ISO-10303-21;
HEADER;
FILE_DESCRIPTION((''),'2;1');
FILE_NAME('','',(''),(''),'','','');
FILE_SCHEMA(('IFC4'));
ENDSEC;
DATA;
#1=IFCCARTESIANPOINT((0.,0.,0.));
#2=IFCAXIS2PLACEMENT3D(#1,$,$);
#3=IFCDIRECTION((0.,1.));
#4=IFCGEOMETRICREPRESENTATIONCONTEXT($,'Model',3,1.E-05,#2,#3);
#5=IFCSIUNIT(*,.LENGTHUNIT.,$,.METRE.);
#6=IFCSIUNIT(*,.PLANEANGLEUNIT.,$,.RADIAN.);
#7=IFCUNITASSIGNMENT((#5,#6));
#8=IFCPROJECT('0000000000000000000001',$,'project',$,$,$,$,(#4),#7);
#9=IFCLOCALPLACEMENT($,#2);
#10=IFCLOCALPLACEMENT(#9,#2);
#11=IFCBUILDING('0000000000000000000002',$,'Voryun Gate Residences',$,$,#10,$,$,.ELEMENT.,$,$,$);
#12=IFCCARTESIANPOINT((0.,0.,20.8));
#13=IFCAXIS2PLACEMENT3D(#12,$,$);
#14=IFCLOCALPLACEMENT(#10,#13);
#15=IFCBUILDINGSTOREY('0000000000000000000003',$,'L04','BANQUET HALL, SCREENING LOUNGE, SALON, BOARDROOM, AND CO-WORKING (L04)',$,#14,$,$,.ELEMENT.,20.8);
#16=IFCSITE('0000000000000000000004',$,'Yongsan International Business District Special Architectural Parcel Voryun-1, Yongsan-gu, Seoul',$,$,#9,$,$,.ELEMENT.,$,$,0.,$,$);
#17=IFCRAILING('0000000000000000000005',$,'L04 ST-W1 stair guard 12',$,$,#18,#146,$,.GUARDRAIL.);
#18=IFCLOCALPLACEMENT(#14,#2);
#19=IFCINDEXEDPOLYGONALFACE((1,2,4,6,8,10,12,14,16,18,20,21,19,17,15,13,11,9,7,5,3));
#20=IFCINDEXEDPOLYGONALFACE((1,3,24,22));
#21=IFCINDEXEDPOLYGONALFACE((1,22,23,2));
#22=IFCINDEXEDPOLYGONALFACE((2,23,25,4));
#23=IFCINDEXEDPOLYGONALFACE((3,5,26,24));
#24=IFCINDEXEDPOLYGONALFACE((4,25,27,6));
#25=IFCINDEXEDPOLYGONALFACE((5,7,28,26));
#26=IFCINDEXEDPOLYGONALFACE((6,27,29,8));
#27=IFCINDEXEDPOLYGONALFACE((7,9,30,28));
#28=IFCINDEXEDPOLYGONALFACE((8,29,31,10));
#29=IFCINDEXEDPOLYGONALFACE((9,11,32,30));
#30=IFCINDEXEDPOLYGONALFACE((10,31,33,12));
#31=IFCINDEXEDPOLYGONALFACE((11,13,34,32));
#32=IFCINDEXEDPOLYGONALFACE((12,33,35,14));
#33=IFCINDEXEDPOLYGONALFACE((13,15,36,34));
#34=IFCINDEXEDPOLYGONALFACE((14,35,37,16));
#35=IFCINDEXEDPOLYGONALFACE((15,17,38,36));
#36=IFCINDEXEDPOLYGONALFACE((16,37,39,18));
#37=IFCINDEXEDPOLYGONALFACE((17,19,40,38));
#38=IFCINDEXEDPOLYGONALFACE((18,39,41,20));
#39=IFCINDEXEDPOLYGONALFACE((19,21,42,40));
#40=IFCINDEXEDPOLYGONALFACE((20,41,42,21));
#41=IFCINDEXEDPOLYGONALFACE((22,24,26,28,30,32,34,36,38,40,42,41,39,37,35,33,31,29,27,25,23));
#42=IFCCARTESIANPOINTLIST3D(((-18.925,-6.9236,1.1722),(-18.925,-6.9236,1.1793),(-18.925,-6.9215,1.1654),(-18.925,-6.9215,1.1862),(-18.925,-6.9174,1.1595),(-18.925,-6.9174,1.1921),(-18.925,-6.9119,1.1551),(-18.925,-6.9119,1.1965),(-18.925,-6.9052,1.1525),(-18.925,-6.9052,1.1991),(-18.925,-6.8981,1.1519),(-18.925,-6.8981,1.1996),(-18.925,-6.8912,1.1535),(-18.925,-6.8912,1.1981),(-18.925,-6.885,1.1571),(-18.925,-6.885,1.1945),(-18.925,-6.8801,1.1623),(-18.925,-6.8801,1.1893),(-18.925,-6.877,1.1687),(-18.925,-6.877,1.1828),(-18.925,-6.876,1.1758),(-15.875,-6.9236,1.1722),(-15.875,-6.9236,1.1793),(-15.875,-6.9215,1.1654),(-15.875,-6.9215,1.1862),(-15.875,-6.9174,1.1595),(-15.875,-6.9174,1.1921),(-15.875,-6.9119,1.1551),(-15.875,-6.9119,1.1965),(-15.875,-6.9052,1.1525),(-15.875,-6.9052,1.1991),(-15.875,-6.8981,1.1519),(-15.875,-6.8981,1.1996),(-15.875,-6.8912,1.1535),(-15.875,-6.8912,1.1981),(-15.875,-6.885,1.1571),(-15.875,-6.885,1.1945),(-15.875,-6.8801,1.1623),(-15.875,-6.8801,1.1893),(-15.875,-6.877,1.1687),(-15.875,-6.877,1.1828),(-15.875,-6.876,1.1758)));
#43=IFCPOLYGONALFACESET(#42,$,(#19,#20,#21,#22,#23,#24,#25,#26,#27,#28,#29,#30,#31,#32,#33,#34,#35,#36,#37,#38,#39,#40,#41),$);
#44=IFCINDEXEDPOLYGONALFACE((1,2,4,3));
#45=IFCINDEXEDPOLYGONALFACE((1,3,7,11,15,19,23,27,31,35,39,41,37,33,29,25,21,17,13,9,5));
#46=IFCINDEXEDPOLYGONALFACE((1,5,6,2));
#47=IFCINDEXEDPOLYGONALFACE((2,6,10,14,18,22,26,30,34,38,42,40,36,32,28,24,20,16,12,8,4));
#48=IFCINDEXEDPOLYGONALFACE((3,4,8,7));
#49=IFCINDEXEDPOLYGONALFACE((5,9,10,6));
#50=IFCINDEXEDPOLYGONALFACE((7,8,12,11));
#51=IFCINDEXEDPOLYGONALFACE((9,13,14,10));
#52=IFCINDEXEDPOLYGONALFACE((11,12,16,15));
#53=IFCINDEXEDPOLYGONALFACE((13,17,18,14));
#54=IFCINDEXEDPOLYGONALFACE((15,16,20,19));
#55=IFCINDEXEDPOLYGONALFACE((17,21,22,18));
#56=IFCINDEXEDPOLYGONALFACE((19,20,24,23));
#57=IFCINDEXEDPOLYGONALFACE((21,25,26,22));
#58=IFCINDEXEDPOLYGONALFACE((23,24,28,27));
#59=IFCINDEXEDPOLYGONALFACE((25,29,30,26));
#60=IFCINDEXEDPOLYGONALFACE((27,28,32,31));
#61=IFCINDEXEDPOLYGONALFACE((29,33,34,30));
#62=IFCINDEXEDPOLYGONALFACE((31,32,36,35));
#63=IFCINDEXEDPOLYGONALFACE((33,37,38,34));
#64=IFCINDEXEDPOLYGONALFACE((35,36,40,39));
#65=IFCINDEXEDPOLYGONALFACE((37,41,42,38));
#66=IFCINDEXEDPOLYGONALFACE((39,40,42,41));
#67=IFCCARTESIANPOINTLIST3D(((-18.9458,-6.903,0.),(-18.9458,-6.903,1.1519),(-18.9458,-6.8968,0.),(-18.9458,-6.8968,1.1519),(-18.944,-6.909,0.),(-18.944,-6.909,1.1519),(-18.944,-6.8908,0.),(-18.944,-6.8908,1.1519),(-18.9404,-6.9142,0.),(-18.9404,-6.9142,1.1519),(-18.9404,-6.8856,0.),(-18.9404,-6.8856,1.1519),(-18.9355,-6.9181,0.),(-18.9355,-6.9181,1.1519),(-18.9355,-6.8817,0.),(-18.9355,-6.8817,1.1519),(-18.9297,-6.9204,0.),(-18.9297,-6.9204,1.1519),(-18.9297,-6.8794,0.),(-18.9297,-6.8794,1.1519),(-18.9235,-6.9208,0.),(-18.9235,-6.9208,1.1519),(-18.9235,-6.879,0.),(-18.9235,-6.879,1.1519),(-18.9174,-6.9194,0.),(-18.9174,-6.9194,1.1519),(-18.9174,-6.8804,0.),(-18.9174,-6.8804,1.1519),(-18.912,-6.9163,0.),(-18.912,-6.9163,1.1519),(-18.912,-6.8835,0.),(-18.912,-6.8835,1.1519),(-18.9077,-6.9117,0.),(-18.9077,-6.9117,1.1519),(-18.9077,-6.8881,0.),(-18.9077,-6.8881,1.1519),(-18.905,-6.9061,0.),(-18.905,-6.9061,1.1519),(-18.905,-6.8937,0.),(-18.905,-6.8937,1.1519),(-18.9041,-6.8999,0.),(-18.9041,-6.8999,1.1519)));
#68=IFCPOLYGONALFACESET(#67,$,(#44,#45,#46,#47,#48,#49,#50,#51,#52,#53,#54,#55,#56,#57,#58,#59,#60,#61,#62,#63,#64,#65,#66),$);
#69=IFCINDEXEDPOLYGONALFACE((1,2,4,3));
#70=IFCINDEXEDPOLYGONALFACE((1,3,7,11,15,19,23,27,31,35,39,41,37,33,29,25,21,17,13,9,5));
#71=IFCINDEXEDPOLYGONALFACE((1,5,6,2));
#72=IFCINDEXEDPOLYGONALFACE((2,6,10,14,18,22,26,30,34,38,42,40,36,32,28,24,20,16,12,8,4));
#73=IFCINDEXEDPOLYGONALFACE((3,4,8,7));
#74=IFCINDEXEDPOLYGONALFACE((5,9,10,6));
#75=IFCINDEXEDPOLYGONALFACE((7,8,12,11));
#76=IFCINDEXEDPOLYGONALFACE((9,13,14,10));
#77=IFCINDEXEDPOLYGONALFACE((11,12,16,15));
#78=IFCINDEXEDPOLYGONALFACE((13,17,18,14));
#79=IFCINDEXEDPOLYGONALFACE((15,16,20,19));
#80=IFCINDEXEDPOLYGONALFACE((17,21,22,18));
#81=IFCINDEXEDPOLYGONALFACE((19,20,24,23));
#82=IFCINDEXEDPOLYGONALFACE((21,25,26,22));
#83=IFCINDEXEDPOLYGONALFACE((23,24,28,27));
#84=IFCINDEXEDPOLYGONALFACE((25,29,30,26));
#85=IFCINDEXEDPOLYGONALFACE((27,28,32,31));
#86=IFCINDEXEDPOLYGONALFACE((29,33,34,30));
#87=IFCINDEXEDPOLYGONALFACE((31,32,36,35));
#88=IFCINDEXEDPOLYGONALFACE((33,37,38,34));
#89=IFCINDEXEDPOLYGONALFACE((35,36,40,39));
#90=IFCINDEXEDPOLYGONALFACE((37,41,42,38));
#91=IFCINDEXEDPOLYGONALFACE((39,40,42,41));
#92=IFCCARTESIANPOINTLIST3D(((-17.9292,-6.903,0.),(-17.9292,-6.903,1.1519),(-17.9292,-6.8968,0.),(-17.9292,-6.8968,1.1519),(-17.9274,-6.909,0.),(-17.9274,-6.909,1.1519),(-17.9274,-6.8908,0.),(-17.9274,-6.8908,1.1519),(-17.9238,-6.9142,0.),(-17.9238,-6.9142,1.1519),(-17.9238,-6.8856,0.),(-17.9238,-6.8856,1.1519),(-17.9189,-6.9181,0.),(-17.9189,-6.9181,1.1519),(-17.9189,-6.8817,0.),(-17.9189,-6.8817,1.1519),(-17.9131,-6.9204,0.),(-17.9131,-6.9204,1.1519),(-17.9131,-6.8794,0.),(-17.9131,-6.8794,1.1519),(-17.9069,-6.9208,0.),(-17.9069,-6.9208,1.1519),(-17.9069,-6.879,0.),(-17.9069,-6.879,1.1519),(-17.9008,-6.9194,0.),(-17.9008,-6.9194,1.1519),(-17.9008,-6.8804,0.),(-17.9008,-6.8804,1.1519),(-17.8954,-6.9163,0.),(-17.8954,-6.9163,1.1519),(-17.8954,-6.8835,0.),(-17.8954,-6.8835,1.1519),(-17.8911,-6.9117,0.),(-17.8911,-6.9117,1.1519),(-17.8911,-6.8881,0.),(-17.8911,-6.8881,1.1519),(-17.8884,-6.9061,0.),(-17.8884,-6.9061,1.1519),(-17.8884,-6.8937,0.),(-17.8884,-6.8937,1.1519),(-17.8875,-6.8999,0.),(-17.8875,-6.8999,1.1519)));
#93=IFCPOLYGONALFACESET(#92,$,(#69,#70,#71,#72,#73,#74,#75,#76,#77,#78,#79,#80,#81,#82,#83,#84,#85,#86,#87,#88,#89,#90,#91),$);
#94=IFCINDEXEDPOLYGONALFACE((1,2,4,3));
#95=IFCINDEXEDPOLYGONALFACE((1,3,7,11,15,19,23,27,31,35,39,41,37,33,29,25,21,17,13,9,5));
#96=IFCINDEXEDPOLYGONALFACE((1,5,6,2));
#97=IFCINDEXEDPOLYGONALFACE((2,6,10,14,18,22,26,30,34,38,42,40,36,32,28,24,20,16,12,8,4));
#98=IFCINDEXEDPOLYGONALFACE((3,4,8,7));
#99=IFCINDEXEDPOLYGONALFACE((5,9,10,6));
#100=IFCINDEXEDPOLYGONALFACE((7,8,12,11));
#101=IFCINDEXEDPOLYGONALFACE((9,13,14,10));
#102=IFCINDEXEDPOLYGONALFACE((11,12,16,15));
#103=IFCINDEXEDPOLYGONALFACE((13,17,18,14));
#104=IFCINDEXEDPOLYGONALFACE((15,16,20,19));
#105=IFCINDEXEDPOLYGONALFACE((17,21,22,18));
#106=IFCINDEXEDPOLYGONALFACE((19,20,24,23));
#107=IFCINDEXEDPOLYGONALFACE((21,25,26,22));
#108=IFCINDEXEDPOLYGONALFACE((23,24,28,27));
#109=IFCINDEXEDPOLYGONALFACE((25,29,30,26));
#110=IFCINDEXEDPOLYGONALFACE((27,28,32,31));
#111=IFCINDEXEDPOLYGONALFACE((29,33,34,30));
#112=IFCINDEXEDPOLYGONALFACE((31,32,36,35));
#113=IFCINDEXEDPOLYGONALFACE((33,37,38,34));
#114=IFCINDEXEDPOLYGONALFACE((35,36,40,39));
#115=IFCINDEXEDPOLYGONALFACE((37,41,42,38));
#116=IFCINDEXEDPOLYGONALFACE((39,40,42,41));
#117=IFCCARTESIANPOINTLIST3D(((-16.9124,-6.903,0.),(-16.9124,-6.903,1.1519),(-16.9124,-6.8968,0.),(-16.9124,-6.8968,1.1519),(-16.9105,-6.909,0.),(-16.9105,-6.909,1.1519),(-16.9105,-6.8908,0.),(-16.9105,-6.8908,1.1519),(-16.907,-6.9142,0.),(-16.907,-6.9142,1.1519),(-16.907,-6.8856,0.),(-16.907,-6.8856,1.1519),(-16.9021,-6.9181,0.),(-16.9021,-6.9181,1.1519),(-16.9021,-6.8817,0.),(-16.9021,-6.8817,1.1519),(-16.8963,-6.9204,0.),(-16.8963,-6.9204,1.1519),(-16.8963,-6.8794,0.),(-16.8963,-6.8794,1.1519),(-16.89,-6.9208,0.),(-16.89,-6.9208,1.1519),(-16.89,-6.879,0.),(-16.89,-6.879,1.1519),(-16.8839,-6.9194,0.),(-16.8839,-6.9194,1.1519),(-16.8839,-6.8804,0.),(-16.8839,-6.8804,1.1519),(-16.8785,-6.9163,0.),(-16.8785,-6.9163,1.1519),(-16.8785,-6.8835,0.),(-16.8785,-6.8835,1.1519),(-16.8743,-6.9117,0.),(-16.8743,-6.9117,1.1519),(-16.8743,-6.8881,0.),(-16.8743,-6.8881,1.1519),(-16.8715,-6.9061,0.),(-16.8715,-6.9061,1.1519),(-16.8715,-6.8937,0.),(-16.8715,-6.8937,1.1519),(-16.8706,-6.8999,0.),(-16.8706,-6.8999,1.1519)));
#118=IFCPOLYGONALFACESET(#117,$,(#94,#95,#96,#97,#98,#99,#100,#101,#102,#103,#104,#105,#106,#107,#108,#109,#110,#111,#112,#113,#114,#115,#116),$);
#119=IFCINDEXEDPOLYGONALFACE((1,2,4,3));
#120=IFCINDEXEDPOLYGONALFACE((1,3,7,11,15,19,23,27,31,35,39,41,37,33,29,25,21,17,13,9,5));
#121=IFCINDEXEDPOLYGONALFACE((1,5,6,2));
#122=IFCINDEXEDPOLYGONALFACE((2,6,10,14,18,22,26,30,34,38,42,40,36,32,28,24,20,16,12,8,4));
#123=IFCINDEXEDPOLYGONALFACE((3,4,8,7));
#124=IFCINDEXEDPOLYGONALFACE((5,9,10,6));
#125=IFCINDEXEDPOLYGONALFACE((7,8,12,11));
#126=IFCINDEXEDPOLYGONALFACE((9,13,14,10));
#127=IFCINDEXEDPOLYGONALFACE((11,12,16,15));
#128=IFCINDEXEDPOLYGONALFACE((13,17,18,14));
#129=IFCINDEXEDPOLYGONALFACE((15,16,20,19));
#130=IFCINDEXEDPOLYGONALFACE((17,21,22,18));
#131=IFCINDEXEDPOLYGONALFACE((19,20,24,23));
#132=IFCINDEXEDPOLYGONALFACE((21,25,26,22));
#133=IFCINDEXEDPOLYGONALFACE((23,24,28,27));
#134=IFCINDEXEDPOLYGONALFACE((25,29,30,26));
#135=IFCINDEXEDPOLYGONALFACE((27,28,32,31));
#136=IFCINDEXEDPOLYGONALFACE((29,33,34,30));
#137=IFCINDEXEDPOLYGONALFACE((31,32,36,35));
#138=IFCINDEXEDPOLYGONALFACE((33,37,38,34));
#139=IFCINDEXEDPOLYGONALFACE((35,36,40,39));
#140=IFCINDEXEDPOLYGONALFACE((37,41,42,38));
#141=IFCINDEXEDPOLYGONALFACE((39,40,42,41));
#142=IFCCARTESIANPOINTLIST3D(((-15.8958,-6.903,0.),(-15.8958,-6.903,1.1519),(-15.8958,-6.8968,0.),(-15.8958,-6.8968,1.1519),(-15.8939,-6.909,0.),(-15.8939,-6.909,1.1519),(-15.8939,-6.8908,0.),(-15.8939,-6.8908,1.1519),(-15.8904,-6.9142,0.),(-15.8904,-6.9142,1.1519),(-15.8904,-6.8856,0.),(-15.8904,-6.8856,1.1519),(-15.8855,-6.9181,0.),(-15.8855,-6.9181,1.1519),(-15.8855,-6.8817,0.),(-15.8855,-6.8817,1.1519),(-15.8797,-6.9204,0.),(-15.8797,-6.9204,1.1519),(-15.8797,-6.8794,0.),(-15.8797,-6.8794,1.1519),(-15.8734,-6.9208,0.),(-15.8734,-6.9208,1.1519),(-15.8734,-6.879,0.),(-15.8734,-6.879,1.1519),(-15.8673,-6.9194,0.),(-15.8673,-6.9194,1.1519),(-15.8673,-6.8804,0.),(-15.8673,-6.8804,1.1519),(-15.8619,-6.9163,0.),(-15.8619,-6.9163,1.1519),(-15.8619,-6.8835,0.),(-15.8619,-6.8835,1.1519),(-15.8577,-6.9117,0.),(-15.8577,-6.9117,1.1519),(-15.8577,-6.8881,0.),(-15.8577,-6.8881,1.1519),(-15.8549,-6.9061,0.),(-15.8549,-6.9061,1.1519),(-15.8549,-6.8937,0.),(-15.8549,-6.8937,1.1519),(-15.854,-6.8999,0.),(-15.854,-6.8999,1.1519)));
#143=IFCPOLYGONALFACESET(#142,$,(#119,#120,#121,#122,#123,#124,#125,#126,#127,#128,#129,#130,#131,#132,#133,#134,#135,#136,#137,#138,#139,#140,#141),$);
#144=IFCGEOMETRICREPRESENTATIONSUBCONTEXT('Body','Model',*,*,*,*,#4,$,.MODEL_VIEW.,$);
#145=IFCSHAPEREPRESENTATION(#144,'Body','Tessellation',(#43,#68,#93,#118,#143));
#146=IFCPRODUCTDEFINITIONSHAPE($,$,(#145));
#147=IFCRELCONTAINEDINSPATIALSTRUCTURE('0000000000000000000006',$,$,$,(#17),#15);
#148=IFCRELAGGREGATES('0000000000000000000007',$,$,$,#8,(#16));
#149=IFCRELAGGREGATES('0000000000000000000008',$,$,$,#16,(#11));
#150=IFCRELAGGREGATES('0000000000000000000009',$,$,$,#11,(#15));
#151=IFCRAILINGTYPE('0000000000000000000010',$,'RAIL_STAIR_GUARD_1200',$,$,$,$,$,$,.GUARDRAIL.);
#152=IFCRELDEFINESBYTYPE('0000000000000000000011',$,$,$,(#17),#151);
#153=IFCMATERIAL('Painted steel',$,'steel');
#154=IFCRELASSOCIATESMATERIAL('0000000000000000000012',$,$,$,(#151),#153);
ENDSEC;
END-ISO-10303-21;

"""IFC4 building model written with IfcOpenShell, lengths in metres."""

from ifc_helpers import new_model, si_unit, direction, frame, origin, origin_2d, place, context, subcontext, project, spatial, circle, extrude, material, type_object, element, save


model = new_model("IFC4")

# Units and contexts
model_context = context("Model", 3, precision=1e-05, world=origin(), true_north=direction((0.0, 1.0)))
body_context = subcontext(model_context, "Body", "Model", "MODEL_VIEW")
ifc_project = project(units=[si_unit("LENGTHUNIT", "METRE"), si_unit("PLANEANGLEUNIT", "RADIAN")], contexts=[model_context])

# Site, building, storey
site_placement = place(None, origin())
site = spatial("IfcSite", under=ifc_project, at=site_placement, Name="Yongsan International Business District Special Architectural Parcel Voryun-1, Yongsan-gu, Seoul", CompositionType="ELEMENT", RefElevation=0.0)
building_placement = place(site_placement, origin())
building = spatial("IfcBuilding", under=site, at=building_placement, Name="Voryun Gate Residences", CompositionType="ELEMENT")
storey_placement = place(building_placement, frame((0.0, 0.0, 20.8)))
storey = spatial("IfcBuildingStorey", under=building, at=storey_placement, Name="L04", Description="BANQUET HALL, SCREENING LOUNGE, SALON, BOARDROOM, AND CO-WORKING (L04)", CompositionType="ELEMENT", Elevation=20.8)

# Railing
ifc_material_1 = material(Name="Painted steel", Category="steel")
railing_type = type_object("IfcRailingType", Name="RAIL_STAIR_GUARD_1200", PredefinedType="GUARDRAIL", material=ifc_material_1)
railing_1_placement = place(storey_placement, frame((-18.925, -6.8999, 0.0)))
element("IfcRailing", 1, at=railing_1_placement, inside=storey, type_object=railing_type, Name="L04 ST-W1 stair guard 12", PredefinedType="GUARDRAIL", context=body_context, shape_type="SweptSolid", body=[
    extrude(circle(Radius=0.0239, at=origin_2d()), frame((0.0, 0.0, 1.1758), z_axis=(1.0, 0.0, 0.0), x_axis=(0.0, 1.0, 0.0)), (0.0, 0.0, 1.0), 3.05),
    extrude(circle(Radius=0.021, at=origin_2d()), origin(), (0.0, 0.0, 1.0), 1.1519),
    extrude(circle(Radius=0.021, at=origin_2d()), frame((1.0166, 0.0, 0.0)), (0.0, 0.0, 1.0), 1.1519),
    extrude(circle(Radius=0.021, at=origin_2d()), frame((2.0334, 0.0, 0.0)), (0.0, 0.0, 1.0), 1.1519),
    extrude(circle(Radius=0.021, at=origin_2d()), frame((3.05, 0.0, 0.0)), (0.0, 0.0, 1.0), 1.1519),
])

save(model, "model.ifc")
